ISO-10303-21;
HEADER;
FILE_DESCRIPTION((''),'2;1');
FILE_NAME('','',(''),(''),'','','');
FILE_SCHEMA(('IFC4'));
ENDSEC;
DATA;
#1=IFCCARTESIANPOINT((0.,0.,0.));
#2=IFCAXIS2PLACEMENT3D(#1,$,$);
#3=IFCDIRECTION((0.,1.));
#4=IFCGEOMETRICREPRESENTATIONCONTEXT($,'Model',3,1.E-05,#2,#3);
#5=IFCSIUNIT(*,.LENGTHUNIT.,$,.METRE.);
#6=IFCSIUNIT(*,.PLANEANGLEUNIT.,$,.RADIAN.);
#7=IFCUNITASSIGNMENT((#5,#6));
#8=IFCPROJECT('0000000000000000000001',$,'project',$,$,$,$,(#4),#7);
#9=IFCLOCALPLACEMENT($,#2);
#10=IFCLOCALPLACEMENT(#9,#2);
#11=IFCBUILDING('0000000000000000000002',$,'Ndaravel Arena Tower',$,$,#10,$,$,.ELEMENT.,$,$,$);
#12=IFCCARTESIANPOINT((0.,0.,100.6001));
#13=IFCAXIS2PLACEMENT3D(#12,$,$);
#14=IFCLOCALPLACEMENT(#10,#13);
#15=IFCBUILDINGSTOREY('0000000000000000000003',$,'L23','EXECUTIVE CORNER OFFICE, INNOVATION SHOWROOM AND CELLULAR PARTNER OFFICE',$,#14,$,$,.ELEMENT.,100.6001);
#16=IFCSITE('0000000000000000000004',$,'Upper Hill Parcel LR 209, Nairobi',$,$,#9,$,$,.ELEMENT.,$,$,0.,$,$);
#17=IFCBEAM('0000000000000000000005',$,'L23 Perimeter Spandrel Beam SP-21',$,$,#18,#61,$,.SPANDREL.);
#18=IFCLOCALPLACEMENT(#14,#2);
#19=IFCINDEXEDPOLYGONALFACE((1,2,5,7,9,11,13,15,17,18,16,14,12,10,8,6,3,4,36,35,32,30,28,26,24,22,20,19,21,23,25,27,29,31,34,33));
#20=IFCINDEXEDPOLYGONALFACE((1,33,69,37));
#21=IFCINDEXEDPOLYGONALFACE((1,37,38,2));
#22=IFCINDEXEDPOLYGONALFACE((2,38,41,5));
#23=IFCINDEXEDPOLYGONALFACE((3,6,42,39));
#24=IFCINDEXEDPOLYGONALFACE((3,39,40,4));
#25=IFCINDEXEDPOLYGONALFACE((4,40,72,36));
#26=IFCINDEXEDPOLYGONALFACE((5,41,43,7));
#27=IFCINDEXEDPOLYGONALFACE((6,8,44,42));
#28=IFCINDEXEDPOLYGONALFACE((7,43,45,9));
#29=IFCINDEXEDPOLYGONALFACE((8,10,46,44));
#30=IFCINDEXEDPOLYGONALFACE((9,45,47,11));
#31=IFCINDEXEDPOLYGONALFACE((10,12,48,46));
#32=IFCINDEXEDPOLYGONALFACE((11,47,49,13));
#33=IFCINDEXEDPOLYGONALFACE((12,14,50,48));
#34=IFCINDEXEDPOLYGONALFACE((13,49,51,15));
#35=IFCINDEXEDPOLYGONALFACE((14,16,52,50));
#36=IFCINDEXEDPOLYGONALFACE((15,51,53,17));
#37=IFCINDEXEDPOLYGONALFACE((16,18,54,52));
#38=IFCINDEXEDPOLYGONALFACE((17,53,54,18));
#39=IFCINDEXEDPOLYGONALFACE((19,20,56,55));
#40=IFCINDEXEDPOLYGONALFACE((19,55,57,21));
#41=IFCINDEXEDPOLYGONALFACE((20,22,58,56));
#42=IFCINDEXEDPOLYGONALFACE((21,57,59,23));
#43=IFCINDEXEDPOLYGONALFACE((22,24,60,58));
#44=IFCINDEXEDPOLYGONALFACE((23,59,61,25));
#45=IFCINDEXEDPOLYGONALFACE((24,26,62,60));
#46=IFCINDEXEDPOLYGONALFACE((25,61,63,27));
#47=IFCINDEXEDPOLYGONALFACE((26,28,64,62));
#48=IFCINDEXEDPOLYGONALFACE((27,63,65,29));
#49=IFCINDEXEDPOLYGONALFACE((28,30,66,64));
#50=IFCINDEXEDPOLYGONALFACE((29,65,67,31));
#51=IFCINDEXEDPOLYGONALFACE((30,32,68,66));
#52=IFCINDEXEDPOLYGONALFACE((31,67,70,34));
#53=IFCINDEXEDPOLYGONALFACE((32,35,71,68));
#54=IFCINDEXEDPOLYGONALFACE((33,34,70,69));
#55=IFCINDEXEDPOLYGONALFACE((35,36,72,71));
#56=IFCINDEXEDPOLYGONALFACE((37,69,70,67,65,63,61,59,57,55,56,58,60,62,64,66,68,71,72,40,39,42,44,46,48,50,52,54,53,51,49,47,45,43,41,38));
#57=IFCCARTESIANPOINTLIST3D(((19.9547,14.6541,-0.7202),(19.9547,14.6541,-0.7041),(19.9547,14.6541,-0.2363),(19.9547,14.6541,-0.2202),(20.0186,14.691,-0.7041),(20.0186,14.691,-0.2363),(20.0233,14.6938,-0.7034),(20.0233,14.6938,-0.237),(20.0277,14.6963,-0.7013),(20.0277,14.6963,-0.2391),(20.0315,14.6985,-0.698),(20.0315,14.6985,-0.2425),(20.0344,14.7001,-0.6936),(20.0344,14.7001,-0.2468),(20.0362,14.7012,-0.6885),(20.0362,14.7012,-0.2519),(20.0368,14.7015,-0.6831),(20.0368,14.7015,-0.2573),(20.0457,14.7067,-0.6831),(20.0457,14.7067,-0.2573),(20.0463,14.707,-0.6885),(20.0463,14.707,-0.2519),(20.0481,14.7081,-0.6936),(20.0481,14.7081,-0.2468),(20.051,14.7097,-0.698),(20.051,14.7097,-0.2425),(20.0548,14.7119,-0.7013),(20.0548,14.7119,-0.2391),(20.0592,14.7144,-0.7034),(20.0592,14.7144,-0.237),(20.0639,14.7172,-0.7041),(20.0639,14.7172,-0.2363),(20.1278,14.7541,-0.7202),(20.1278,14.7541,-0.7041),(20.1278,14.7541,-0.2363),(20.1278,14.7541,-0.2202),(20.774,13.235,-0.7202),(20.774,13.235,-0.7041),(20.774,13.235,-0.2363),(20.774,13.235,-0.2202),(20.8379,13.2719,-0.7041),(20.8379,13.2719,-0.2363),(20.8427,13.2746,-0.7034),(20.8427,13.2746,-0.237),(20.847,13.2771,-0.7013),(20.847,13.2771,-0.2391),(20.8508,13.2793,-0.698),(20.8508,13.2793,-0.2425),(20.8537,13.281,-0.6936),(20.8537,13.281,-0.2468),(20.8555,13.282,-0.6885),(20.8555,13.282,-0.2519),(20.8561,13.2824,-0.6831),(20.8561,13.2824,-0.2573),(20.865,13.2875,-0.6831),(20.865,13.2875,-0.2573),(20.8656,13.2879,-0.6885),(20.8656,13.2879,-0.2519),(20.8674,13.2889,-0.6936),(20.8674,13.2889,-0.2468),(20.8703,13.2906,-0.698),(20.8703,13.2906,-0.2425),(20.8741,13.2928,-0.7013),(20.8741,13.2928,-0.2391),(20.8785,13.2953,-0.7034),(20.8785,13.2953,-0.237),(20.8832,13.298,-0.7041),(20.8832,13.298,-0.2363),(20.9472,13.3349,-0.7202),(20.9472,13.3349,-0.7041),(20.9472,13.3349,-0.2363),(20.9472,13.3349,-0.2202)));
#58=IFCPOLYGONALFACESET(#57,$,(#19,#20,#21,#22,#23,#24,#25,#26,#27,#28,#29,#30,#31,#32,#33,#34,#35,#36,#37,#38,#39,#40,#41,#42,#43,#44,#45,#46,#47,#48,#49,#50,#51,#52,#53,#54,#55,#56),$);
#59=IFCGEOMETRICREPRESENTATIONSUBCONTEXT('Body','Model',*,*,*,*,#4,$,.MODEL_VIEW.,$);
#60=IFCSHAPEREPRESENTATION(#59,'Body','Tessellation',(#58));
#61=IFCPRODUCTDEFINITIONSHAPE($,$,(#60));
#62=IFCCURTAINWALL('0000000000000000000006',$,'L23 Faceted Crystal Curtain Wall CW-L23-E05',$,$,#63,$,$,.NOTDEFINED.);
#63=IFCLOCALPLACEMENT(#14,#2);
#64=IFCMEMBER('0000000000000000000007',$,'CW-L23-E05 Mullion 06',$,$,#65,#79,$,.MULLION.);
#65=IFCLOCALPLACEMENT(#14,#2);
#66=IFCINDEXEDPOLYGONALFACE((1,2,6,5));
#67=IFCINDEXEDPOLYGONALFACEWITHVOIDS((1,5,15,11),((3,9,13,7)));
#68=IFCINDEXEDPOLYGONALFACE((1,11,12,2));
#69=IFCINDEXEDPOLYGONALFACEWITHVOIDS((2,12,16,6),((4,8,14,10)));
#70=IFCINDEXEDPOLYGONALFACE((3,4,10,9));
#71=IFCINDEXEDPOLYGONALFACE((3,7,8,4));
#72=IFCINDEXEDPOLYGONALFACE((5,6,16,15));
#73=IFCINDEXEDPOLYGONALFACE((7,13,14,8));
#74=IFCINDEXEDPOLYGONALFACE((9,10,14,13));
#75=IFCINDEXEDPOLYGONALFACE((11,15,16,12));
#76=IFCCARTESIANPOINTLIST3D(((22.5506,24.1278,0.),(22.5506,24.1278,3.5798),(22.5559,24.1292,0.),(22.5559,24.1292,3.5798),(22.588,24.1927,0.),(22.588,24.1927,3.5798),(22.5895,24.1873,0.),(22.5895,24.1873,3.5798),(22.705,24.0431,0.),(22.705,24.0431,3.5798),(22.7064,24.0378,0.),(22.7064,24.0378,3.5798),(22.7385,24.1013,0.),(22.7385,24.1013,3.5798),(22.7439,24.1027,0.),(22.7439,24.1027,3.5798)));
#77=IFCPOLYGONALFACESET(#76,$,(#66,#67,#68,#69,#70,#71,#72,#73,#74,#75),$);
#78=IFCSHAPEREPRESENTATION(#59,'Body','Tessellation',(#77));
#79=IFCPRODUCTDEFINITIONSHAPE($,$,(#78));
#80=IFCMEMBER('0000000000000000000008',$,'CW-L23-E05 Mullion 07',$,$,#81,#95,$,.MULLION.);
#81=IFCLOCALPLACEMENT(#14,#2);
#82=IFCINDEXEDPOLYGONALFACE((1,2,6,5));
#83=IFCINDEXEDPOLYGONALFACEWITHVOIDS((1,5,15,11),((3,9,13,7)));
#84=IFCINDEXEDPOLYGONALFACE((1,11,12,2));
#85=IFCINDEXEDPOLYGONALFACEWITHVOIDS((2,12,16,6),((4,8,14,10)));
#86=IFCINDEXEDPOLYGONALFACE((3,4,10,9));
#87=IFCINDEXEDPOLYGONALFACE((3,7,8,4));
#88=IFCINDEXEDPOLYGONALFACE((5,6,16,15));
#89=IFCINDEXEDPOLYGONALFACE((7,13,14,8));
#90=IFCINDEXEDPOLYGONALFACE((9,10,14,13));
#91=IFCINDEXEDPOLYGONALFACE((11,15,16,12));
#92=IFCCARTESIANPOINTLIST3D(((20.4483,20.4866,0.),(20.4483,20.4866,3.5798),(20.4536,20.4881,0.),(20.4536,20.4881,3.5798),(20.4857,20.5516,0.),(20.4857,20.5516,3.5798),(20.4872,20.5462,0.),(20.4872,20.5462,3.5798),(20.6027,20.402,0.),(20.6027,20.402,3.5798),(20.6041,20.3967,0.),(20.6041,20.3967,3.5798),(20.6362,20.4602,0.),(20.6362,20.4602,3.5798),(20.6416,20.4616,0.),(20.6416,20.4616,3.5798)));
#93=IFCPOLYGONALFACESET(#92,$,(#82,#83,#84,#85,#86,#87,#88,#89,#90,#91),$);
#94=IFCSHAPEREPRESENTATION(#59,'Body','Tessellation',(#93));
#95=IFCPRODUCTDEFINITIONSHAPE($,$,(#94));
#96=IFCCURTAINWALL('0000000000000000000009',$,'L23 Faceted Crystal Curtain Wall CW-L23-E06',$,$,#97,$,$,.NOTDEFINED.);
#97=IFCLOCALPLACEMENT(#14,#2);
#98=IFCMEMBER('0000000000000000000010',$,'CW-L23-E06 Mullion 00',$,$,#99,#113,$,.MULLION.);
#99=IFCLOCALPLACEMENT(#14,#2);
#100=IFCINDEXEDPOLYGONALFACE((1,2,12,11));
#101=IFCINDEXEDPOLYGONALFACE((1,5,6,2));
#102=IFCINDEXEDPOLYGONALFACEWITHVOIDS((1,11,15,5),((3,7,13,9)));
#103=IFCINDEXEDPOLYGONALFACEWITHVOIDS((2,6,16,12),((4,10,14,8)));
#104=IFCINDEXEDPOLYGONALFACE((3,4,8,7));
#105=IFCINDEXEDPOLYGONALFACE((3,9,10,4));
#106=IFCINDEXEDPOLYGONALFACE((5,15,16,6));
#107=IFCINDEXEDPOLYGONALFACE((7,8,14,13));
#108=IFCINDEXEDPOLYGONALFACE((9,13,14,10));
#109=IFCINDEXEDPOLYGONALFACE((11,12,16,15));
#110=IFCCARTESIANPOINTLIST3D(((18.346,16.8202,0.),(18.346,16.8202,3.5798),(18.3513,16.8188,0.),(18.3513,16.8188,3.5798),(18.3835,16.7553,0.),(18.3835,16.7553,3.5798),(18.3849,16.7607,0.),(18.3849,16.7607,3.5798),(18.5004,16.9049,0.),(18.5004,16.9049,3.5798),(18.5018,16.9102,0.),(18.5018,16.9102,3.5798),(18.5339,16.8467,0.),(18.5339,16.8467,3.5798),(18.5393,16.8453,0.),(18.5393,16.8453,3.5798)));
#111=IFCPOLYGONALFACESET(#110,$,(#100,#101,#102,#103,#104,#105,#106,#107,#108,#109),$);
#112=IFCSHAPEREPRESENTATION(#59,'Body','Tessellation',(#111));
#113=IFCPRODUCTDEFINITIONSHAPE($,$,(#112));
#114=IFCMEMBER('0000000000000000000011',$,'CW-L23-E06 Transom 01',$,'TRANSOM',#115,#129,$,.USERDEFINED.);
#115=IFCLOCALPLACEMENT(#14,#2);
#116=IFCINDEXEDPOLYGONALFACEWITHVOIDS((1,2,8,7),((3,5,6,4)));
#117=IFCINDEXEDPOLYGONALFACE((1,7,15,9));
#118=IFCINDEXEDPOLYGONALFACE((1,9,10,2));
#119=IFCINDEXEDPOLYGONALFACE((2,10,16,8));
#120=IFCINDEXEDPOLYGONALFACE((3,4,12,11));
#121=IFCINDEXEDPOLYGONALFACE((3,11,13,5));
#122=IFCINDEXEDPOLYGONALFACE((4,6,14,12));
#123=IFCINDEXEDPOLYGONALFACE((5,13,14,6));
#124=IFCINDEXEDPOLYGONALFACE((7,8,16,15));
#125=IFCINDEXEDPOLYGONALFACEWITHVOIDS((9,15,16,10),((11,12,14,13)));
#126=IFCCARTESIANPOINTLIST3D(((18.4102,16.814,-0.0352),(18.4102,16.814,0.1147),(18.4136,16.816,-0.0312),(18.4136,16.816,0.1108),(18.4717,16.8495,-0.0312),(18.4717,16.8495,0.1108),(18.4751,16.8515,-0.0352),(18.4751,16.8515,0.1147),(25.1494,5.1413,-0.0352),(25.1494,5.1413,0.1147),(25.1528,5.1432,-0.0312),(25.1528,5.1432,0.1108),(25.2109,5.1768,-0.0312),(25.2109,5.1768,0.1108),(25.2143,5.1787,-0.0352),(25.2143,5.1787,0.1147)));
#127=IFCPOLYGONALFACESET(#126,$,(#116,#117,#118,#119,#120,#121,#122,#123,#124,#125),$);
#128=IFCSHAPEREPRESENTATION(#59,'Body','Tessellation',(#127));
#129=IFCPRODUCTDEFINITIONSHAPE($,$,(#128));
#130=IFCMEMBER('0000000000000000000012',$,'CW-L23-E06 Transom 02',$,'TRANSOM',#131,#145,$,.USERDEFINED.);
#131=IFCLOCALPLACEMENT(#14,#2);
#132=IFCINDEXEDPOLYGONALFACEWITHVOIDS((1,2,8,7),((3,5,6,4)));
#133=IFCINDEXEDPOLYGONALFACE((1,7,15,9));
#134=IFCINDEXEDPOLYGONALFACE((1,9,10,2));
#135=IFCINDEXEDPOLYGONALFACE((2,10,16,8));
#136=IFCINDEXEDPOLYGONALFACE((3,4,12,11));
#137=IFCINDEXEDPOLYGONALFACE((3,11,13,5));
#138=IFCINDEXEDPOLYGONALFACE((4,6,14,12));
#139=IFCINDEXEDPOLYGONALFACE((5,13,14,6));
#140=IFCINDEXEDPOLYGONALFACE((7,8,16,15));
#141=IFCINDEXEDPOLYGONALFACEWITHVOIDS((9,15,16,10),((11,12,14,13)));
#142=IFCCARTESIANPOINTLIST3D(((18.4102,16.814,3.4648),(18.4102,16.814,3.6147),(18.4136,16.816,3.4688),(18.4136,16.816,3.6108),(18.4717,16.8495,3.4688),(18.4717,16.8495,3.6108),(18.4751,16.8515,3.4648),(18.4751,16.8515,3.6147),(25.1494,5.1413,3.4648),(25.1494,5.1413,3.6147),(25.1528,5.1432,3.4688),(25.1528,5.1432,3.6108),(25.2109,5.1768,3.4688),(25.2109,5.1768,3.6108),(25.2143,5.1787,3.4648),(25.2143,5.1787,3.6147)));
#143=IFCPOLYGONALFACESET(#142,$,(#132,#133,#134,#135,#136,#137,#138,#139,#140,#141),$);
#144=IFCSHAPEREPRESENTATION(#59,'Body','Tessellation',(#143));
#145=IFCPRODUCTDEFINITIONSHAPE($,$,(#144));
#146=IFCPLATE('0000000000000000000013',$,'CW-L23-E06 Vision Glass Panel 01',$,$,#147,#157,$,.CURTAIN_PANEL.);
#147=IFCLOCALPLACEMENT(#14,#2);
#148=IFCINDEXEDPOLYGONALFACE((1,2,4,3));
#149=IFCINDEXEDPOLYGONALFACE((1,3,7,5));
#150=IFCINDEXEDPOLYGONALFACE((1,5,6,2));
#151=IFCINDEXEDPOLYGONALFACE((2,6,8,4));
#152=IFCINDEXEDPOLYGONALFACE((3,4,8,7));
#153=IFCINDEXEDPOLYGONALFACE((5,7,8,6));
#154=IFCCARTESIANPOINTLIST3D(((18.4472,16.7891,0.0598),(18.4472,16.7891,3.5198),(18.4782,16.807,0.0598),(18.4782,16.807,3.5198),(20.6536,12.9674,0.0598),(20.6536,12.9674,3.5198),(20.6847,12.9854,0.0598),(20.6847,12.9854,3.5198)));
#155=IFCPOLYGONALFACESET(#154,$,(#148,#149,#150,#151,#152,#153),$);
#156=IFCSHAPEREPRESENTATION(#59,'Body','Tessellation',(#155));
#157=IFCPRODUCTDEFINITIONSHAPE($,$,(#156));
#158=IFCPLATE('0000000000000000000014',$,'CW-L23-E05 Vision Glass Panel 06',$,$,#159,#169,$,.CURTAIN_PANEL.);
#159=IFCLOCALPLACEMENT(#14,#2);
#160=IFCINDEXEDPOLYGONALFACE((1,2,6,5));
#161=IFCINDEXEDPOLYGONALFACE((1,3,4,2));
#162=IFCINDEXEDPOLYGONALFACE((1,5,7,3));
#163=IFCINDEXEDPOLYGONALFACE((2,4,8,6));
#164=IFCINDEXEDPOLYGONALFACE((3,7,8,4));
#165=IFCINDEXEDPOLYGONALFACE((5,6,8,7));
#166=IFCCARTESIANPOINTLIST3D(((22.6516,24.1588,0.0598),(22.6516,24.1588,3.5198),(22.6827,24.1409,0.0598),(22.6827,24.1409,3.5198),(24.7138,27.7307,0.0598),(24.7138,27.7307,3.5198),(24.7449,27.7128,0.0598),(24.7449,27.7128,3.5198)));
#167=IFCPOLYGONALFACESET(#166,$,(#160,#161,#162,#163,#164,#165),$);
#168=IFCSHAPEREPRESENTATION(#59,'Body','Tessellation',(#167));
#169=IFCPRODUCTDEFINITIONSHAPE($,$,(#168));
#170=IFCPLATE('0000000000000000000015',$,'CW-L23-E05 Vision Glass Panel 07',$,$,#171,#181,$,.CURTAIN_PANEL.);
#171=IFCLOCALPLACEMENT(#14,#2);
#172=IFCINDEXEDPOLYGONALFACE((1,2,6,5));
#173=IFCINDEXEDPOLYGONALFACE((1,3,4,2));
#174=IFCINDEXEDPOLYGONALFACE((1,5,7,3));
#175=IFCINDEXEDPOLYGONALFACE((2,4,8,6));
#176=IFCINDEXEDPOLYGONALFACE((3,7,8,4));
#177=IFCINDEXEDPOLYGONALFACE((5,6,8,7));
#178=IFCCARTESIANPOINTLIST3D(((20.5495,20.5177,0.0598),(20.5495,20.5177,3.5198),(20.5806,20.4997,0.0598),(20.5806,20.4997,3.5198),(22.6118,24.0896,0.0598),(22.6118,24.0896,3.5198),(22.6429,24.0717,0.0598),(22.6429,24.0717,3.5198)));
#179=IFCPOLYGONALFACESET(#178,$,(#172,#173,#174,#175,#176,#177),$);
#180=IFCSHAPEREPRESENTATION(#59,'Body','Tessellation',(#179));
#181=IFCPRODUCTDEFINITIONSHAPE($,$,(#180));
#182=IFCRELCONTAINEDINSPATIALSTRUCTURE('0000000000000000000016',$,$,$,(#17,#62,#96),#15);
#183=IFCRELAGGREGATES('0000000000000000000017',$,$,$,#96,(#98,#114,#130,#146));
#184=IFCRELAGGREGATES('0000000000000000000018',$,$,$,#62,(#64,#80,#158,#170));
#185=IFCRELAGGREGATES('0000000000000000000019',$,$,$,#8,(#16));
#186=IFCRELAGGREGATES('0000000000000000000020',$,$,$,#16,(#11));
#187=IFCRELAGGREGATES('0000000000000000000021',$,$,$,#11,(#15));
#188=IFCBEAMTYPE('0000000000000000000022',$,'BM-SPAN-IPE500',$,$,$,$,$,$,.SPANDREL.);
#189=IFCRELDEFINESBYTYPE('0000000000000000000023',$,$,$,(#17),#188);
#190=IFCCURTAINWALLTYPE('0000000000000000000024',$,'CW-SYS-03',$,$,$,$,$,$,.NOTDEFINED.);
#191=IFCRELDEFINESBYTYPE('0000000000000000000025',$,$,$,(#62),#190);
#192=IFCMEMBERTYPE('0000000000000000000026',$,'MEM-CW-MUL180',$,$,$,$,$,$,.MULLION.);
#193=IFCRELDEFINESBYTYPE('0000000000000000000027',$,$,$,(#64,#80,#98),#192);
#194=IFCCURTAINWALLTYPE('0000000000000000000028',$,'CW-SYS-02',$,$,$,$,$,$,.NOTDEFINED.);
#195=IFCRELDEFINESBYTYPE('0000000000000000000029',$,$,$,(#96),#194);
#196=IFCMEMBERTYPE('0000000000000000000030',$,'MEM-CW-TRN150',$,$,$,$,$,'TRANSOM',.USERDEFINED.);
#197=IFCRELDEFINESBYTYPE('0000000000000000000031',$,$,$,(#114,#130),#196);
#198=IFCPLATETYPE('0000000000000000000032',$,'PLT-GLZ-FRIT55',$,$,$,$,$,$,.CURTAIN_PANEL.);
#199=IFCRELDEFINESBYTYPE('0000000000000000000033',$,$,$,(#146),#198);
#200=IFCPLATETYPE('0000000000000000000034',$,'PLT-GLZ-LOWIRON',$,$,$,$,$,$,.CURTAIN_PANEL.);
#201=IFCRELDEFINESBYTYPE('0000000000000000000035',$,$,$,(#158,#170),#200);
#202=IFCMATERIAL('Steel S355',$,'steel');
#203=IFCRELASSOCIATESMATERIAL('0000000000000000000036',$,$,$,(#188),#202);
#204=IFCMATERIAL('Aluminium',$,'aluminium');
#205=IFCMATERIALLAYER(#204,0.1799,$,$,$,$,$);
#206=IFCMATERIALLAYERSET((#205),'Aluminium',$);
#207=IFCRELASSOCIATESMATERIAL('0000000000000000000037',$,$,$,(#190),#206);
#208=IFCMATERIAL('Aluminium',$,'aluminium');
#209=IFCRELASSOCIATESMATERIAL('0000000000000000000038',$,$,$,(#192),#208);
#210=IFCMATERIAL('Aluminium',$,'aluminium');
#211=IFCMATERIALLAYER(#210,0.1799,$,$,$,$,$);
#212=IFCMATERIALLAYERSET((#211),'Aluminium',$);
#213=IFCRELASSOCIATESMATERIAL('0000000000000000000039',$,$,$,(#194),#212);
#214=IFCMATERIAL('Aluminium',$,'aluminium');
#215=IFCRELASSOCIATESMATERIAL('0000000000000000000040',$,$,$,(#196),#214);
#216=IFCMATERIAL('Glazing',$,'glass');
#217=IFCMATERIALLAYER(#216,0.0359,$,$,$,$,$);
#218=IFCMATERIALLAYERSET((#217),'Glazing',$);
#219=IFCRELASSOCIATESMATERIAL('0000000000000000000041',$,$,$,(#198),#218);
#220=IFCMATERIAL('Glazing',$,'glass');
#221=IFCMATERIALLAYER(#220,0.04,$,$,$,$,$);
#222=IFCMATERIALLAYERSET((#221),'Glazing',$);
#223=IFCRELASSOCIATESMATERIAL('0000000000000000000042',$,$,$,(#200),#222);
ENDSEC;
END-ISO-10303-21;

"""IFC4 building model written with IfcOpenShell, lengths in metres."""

from ifc_helpers import new_model, si_unit, direction, frame, origin, origin_2d, place, context, subcontext, project, spatial, rectangle, hollow_rectangle, i_section, extrude, material, layer, layer_set, material_profile, profile_set, type_object, element, aggregate, save


model = new_model("IFC4")

# Units and contexts
model_context = context("Model", 3, precision=1e-05, world=origin(), true_north=direction((0.0, 1.0)))
body_context = subcontext(model_context, "Body", "Model", "MODEL_VIEW")
ifc_project = project(units=[si_unit("LENGTHUNIT", "METRE"), si_unit("PLANEANGLEUNIT", "RADIAN")], contexts=[model_context])

# Site, building, storey
site_placement = place(None, origin())
site = spatial("IfcSite", under=ifc_project, at=site_placement, Name="Upper Hill Parcel LR 209, Nairobi", CompositionType="ELEMENT", RefElevation=0.0)
building_placement = place(site_placement, origin())
building = spatial("IfcBuilding", under=site, at=building_placement, Name="Ndaravel Arena Tower", CompositionType="ELEMENT")
storey_placement = place(building_placement, frame((0.0, 0.0, 100.6001)))
storey = spatial("IfcBuildingStorey", under=building, at=storey_placement, Name="L23", Description="EXECUTIVE CORNER OFFICE, INNOVATION SHOWROOM AND CELLULAR PARTNER OFFICE", CompositionType="ELEMENT", Elevation=100.6001)

# Beam
ifc_material_1 = material(Name="Steel S355", Category="steel")
ifc_material_profile_1 = material_profile(ifc_material_1, i_section(OverallWidth=0.2, OverallDepth=0.5, WebThickness=0.0103, FlangeThickness=0.0161, FilletRadius=0.021, at=origin_2d()), Name="IPE 500")
ifc_profile_set_1 = profile_set([ifc_material_profile_1], Name="Steel S355")
beam_type_1 = type_object("IfcBeamType", Name="BM-SPAN-IPE500", PredefinedType="SPANDREL", material=ifc_profile_set_1)
for number, where, z_axis, x_axis, name in (
    (1, (20.0413, 14.7041, -0.4702), (0.499985, -0.866034, 0.0), (0.866034, 0.499985, 0.0), "L23 Perimeter Spandrel Beam SP-21"),
):
    element("IfcBeam", number, at=place(storey_placement, frame(where, z_axis=z_axis, x_axis=x_axis)), inside=storey, type_object=beam_type_1, Name=name, PredefinedType="SPANDREL", context=body_context, shape_type="SweptSolid", body=[
        extrude(i_section(OverallWidth=0.2, OverallDepth=0.5, WebThickness=0.0103, FlangeThickness=0.0161, FilletRadius=0.021, at=origin_2d()), origin(), (0.0, 0.0, 1.0), 1.6387),
    ])

# Curtain wall, members
ifc_material_2 = material(Name="Aluminium", Category="aluminium")
ifc_layer_1 = layer(ifc_material_2, 0.1799)
ifc_layer_set_1 = layer_set([ifc_layer_1], Name="Aluminium")
curtain_wall_type_1 = type_object("IfcCurtainWallType", Name="CW-SYS-03", PredefinedType="NOTDEFINED", material=ifc_layer_set_1)
curtain_wall_1_placement = place(storey_placement, origin())
curtain_wall_1 = element("IfcCurtainWall", 2, at=curtain_wall_1_placement, inside=storey, type_object=curtain_wall_type_1, Name="L23 Faceted Crystal Curtain Wall CW-L23-E05", PredefinedType="NOTDEFINED")
ifc_material_3 = material(Name="Aluminium", Category="aluminium")
ifc_material_profile_2 = material_profile(ifc_material_3, hollow_rectangle(XDim=0.075, YDim=0.1799, WallThickness=0.0039, at=origin_2d()), Name="CW MULLION 75x180x4")
ifc_profile_set_2 = profile_set([ifc_material_profile_2], Name="Aluminium")
member_type_1 = type_object("IfcMemberType", Name="MEM-CW-MUL180", PredefinedType="MULLION", material=ifc_profile_set_2)
member_1_placement = place(storey_placement, frame((22.6472, 24.1152, 0.0), z_axis=(0.0, 0.0, 1.0), x_axis=(-0.5, -0.866025, 0.0)))
member_1 = element("IfcMember", 3, at=member_1_placement, type_object=member_type_1, Name="CW-L23-E05 Mullion 06", PredefinedType="MULLION", context=body_context, shape_type="SweptSolid", body=[
    extrude(hollow_rectangle(XDim=0.075, YDim=0.1799, WallThickness=0.0039, at=origin_2d()), origin(), (0.0, 0.0, 1.0), 3.5798),
])
member_2_placement = place(storey_placement, frame((20.5449, 20.4741, 0.0), z_axis=(0.0, 0.0, 1.0), x_axis=(-0.5, -0.866025, 0.0)))
member_2 = element("IfcMember", 4, at=member_2_placement, type_object=member_type_1, Name="CW-L23-E05 Mullion 07", PredefinedType="MULLION", context=body_context, shape_type="SweptSolid", body=[
    extrude(hollow_rectangle(XDim=0.075, YDim=0.1799, WallThickness=0.0039, at=origin_2d()), origin(), (0.0, 0.0, 1.0), 3.5798),
])

# Curtain wall, members, plate
ifc_material_4 = material(Name="Aluminium", Category="aluminium")
ifc_layer_2 = layer(ifc_material_4, 0.1799)
ifc_layer_set_2 = layer_set([ifc_layer_2], Name="Aluminium")
curtain_wall_type_2 = type_object("IfcCurtainWallType", Name="CW-SYS-02", PredefinedType="NOTDEFINED", material=ifc_layer_set_2)
curtain_wall_2_placement = place(storey_placement, origin())
curtain_wall_2 = element("IfcCurtainWall", 5, at=curtain_wall_2_placement, inside=storey, type_object=curtain_wall_type_2, Name="L23 Faceted Crystal Curtain Wall CW-L23-E06", PredefinedType="NOTDEFINED")
member_3_placement = place(storey_placement, frame((18.4426, 16.8328, 0.0), z_axis=(0.0, 0.0, 1.0), x_axis=(0.5, -0.866025, 0.0)))
member_3 = element("IfcMember", 6, at=member_3_placement, type_object=member_type_1, Name="CW-L23-E06 Mullion 00", PredefinedType="MULLION", context=body_context, shape_type="SweptSolid", body=[
    extrude(hollow_rectangle(XDim=0.075, YDim=0.1799, WallThickness=0.0039, at=origin_2d()), origin(), (0.0, 0.0, 1.0), 3.5798),
])
ifc_material_5 = material(Name="Aluminium", Category="aluminium")
ifc_material_profile_3 = material_profile(ifc_material_5, hollow_rectangle(XDim=0.075, YDim=0.1499, WallThickness=0.0039, at=origin_2d()), Name="CW TRANSOM 75x150x4")
ifc_profile_set_3 = profile_set([ifc_material_profile_3], Name="Aluminium")
member_type_2 = type_object("IfcMemberType", Name="MEM-CW-TRN150", ElementType="TRANSOM", PredefinedType="USERDEFINED", material=ifc_profile_set_3)
member_4_placement = place(storey_placement, frame((18.4426, 16.8328, 0.0398), z_axis=(0.499996, -0.866028, 0.0), x_axis=(0.866028, 0.499996, 0.0)))
member_4 = element("IfcMember", 7, at=member_4_placement, type_object=member_type_2, Name="CW-L23-E06 Transom 01", ObjectType="TRANSOM", PredefinedType="USERDEFINED", context=body_context, shape_type="SweptSolid", body=[
    extrude(hollow_rectangle(XDim=0.075, YDim=0.1499, WallThickness=0.0039, at=origin_2d()), origin(), (0.0, 0.0, 1.0), 13.4785),
])
member_5_placement = place(storey_placement, frame((18.4426, 16.8328, 3.5398), z_axis=(0.499996, -0.866028, 0.0), x_axis=(0.866028, 0.499996, 0.0)))
member_5 = element("IfcMember", 8, at=member_5_placement, type_object=member_type_2, Name="CW-L23-E06 Transom 02", ObjectType="TRANSOM", PredefinedType="USERDEFINED", context=body_context, shape_type="SweptSolid", body=[
    extrude(hollow_rectangle(XDim=0.075, YDim=0.1499, WallThickness=0.0039, at=origin_2d()), origin(), (0.0, 0.0, 1.0), 13.4785),
])
ifc_material_6 = material(Name="Glazing", Category="glass")
ifc_layer_3 = layer(ifc_material_6, 0.0359)
ifc_layer_set_3 = layer_set([ifc_layer_3], Name="Glazing")
plate_type_1 = type_object("IfcPlateType", Name="PLT-GLZ-FRIT55", PredefinedType="CURTAIN_PANEL", material=ifc_layer_set_3)
plate_1_placement = place(storey_placement, frame((19.5659, 14.8872, 0.0598), z_axis=(0.0, 0.0, 1.0), x_axis=(0.5, -0.866025, 0.0)))
plate_1 = element("IfcPlate", 9, at=plate_1_placement, type_object=plate_type_1, Name="CW-L23-E06 Vision Glass Panel 01", PredefinedType="CURTAIN_PANEL", context=body_context, shape_type="SweptSolid", body=[
    extrude(rectangle(XDim=4.4128, YDim=0.0359, at=origin_2d()), origin(), (0.0, 0.0, 1.0), 3.46),
])
aggregate(curtain_wall_2, [member_3, member_4, member_5, plate_1])

# Plates
ifc_material_7 = material(Name="Glazing", Category="glass")
ifc_layer_4 = layer(ifc_material_7, 0.04)
ifc_layer_set_4 = layer_set([ifc_layer_4], Name="Glazing")
plate_type_2 = type_object("IfcPlateType", Name="PLT-GLZ-LOWIRON", PredefinedType="CURTAIN_PANEL", material=ifc_layer_set_4)
plate_2_placement = place(storey_placement, frame((23.6982, 25.9358, 0.0598), z_axis=(0.0, 0.0, 1.0), x_axis=(-0.5, -0.866025, 0.0)))
plate_2 = element("IfcPlate", 10, at=plate_2_placement, type_object=plate_type_2, Name="CW-L23-E05 Vision Glass Panel 06", PredefinedType="CURTAIN_PANEL", context=body_context, shape_type="SweptSolid", body=[
    extrude(rectangle(XDim=4.1245, YDim=0.0359, at=origin_2d()), origin(), (0.0, 0.0, 1.0), 3.46),
])
plate_3_placement = place(storey_placement, frame((21.5962, 22.2947, 0.0598), z_axis=(0.0, 0.0, 1.0), x_axis=(-0.5, -0.866025, 0.0)))
plate_3 = element("IfcPlate", 11, at=plate_3_placement, type_object=plate_type_2, Name="CW-L23-E05 Vision Glass Panel 07", PredefinedType="CURTAIN_PANEL", context=body_context, shape_type="SweptSolid", body=[
    extrude(rectangle(XDim=4.1245, YDim=0.0359, at=origin_2d()), origin(), (0.0, 0.0, 1.0), 3.46),
])
aggregate(curtain_wall_1, [member_1, member_2, plate_2, plate_3])

save(model, "model.ifc")
